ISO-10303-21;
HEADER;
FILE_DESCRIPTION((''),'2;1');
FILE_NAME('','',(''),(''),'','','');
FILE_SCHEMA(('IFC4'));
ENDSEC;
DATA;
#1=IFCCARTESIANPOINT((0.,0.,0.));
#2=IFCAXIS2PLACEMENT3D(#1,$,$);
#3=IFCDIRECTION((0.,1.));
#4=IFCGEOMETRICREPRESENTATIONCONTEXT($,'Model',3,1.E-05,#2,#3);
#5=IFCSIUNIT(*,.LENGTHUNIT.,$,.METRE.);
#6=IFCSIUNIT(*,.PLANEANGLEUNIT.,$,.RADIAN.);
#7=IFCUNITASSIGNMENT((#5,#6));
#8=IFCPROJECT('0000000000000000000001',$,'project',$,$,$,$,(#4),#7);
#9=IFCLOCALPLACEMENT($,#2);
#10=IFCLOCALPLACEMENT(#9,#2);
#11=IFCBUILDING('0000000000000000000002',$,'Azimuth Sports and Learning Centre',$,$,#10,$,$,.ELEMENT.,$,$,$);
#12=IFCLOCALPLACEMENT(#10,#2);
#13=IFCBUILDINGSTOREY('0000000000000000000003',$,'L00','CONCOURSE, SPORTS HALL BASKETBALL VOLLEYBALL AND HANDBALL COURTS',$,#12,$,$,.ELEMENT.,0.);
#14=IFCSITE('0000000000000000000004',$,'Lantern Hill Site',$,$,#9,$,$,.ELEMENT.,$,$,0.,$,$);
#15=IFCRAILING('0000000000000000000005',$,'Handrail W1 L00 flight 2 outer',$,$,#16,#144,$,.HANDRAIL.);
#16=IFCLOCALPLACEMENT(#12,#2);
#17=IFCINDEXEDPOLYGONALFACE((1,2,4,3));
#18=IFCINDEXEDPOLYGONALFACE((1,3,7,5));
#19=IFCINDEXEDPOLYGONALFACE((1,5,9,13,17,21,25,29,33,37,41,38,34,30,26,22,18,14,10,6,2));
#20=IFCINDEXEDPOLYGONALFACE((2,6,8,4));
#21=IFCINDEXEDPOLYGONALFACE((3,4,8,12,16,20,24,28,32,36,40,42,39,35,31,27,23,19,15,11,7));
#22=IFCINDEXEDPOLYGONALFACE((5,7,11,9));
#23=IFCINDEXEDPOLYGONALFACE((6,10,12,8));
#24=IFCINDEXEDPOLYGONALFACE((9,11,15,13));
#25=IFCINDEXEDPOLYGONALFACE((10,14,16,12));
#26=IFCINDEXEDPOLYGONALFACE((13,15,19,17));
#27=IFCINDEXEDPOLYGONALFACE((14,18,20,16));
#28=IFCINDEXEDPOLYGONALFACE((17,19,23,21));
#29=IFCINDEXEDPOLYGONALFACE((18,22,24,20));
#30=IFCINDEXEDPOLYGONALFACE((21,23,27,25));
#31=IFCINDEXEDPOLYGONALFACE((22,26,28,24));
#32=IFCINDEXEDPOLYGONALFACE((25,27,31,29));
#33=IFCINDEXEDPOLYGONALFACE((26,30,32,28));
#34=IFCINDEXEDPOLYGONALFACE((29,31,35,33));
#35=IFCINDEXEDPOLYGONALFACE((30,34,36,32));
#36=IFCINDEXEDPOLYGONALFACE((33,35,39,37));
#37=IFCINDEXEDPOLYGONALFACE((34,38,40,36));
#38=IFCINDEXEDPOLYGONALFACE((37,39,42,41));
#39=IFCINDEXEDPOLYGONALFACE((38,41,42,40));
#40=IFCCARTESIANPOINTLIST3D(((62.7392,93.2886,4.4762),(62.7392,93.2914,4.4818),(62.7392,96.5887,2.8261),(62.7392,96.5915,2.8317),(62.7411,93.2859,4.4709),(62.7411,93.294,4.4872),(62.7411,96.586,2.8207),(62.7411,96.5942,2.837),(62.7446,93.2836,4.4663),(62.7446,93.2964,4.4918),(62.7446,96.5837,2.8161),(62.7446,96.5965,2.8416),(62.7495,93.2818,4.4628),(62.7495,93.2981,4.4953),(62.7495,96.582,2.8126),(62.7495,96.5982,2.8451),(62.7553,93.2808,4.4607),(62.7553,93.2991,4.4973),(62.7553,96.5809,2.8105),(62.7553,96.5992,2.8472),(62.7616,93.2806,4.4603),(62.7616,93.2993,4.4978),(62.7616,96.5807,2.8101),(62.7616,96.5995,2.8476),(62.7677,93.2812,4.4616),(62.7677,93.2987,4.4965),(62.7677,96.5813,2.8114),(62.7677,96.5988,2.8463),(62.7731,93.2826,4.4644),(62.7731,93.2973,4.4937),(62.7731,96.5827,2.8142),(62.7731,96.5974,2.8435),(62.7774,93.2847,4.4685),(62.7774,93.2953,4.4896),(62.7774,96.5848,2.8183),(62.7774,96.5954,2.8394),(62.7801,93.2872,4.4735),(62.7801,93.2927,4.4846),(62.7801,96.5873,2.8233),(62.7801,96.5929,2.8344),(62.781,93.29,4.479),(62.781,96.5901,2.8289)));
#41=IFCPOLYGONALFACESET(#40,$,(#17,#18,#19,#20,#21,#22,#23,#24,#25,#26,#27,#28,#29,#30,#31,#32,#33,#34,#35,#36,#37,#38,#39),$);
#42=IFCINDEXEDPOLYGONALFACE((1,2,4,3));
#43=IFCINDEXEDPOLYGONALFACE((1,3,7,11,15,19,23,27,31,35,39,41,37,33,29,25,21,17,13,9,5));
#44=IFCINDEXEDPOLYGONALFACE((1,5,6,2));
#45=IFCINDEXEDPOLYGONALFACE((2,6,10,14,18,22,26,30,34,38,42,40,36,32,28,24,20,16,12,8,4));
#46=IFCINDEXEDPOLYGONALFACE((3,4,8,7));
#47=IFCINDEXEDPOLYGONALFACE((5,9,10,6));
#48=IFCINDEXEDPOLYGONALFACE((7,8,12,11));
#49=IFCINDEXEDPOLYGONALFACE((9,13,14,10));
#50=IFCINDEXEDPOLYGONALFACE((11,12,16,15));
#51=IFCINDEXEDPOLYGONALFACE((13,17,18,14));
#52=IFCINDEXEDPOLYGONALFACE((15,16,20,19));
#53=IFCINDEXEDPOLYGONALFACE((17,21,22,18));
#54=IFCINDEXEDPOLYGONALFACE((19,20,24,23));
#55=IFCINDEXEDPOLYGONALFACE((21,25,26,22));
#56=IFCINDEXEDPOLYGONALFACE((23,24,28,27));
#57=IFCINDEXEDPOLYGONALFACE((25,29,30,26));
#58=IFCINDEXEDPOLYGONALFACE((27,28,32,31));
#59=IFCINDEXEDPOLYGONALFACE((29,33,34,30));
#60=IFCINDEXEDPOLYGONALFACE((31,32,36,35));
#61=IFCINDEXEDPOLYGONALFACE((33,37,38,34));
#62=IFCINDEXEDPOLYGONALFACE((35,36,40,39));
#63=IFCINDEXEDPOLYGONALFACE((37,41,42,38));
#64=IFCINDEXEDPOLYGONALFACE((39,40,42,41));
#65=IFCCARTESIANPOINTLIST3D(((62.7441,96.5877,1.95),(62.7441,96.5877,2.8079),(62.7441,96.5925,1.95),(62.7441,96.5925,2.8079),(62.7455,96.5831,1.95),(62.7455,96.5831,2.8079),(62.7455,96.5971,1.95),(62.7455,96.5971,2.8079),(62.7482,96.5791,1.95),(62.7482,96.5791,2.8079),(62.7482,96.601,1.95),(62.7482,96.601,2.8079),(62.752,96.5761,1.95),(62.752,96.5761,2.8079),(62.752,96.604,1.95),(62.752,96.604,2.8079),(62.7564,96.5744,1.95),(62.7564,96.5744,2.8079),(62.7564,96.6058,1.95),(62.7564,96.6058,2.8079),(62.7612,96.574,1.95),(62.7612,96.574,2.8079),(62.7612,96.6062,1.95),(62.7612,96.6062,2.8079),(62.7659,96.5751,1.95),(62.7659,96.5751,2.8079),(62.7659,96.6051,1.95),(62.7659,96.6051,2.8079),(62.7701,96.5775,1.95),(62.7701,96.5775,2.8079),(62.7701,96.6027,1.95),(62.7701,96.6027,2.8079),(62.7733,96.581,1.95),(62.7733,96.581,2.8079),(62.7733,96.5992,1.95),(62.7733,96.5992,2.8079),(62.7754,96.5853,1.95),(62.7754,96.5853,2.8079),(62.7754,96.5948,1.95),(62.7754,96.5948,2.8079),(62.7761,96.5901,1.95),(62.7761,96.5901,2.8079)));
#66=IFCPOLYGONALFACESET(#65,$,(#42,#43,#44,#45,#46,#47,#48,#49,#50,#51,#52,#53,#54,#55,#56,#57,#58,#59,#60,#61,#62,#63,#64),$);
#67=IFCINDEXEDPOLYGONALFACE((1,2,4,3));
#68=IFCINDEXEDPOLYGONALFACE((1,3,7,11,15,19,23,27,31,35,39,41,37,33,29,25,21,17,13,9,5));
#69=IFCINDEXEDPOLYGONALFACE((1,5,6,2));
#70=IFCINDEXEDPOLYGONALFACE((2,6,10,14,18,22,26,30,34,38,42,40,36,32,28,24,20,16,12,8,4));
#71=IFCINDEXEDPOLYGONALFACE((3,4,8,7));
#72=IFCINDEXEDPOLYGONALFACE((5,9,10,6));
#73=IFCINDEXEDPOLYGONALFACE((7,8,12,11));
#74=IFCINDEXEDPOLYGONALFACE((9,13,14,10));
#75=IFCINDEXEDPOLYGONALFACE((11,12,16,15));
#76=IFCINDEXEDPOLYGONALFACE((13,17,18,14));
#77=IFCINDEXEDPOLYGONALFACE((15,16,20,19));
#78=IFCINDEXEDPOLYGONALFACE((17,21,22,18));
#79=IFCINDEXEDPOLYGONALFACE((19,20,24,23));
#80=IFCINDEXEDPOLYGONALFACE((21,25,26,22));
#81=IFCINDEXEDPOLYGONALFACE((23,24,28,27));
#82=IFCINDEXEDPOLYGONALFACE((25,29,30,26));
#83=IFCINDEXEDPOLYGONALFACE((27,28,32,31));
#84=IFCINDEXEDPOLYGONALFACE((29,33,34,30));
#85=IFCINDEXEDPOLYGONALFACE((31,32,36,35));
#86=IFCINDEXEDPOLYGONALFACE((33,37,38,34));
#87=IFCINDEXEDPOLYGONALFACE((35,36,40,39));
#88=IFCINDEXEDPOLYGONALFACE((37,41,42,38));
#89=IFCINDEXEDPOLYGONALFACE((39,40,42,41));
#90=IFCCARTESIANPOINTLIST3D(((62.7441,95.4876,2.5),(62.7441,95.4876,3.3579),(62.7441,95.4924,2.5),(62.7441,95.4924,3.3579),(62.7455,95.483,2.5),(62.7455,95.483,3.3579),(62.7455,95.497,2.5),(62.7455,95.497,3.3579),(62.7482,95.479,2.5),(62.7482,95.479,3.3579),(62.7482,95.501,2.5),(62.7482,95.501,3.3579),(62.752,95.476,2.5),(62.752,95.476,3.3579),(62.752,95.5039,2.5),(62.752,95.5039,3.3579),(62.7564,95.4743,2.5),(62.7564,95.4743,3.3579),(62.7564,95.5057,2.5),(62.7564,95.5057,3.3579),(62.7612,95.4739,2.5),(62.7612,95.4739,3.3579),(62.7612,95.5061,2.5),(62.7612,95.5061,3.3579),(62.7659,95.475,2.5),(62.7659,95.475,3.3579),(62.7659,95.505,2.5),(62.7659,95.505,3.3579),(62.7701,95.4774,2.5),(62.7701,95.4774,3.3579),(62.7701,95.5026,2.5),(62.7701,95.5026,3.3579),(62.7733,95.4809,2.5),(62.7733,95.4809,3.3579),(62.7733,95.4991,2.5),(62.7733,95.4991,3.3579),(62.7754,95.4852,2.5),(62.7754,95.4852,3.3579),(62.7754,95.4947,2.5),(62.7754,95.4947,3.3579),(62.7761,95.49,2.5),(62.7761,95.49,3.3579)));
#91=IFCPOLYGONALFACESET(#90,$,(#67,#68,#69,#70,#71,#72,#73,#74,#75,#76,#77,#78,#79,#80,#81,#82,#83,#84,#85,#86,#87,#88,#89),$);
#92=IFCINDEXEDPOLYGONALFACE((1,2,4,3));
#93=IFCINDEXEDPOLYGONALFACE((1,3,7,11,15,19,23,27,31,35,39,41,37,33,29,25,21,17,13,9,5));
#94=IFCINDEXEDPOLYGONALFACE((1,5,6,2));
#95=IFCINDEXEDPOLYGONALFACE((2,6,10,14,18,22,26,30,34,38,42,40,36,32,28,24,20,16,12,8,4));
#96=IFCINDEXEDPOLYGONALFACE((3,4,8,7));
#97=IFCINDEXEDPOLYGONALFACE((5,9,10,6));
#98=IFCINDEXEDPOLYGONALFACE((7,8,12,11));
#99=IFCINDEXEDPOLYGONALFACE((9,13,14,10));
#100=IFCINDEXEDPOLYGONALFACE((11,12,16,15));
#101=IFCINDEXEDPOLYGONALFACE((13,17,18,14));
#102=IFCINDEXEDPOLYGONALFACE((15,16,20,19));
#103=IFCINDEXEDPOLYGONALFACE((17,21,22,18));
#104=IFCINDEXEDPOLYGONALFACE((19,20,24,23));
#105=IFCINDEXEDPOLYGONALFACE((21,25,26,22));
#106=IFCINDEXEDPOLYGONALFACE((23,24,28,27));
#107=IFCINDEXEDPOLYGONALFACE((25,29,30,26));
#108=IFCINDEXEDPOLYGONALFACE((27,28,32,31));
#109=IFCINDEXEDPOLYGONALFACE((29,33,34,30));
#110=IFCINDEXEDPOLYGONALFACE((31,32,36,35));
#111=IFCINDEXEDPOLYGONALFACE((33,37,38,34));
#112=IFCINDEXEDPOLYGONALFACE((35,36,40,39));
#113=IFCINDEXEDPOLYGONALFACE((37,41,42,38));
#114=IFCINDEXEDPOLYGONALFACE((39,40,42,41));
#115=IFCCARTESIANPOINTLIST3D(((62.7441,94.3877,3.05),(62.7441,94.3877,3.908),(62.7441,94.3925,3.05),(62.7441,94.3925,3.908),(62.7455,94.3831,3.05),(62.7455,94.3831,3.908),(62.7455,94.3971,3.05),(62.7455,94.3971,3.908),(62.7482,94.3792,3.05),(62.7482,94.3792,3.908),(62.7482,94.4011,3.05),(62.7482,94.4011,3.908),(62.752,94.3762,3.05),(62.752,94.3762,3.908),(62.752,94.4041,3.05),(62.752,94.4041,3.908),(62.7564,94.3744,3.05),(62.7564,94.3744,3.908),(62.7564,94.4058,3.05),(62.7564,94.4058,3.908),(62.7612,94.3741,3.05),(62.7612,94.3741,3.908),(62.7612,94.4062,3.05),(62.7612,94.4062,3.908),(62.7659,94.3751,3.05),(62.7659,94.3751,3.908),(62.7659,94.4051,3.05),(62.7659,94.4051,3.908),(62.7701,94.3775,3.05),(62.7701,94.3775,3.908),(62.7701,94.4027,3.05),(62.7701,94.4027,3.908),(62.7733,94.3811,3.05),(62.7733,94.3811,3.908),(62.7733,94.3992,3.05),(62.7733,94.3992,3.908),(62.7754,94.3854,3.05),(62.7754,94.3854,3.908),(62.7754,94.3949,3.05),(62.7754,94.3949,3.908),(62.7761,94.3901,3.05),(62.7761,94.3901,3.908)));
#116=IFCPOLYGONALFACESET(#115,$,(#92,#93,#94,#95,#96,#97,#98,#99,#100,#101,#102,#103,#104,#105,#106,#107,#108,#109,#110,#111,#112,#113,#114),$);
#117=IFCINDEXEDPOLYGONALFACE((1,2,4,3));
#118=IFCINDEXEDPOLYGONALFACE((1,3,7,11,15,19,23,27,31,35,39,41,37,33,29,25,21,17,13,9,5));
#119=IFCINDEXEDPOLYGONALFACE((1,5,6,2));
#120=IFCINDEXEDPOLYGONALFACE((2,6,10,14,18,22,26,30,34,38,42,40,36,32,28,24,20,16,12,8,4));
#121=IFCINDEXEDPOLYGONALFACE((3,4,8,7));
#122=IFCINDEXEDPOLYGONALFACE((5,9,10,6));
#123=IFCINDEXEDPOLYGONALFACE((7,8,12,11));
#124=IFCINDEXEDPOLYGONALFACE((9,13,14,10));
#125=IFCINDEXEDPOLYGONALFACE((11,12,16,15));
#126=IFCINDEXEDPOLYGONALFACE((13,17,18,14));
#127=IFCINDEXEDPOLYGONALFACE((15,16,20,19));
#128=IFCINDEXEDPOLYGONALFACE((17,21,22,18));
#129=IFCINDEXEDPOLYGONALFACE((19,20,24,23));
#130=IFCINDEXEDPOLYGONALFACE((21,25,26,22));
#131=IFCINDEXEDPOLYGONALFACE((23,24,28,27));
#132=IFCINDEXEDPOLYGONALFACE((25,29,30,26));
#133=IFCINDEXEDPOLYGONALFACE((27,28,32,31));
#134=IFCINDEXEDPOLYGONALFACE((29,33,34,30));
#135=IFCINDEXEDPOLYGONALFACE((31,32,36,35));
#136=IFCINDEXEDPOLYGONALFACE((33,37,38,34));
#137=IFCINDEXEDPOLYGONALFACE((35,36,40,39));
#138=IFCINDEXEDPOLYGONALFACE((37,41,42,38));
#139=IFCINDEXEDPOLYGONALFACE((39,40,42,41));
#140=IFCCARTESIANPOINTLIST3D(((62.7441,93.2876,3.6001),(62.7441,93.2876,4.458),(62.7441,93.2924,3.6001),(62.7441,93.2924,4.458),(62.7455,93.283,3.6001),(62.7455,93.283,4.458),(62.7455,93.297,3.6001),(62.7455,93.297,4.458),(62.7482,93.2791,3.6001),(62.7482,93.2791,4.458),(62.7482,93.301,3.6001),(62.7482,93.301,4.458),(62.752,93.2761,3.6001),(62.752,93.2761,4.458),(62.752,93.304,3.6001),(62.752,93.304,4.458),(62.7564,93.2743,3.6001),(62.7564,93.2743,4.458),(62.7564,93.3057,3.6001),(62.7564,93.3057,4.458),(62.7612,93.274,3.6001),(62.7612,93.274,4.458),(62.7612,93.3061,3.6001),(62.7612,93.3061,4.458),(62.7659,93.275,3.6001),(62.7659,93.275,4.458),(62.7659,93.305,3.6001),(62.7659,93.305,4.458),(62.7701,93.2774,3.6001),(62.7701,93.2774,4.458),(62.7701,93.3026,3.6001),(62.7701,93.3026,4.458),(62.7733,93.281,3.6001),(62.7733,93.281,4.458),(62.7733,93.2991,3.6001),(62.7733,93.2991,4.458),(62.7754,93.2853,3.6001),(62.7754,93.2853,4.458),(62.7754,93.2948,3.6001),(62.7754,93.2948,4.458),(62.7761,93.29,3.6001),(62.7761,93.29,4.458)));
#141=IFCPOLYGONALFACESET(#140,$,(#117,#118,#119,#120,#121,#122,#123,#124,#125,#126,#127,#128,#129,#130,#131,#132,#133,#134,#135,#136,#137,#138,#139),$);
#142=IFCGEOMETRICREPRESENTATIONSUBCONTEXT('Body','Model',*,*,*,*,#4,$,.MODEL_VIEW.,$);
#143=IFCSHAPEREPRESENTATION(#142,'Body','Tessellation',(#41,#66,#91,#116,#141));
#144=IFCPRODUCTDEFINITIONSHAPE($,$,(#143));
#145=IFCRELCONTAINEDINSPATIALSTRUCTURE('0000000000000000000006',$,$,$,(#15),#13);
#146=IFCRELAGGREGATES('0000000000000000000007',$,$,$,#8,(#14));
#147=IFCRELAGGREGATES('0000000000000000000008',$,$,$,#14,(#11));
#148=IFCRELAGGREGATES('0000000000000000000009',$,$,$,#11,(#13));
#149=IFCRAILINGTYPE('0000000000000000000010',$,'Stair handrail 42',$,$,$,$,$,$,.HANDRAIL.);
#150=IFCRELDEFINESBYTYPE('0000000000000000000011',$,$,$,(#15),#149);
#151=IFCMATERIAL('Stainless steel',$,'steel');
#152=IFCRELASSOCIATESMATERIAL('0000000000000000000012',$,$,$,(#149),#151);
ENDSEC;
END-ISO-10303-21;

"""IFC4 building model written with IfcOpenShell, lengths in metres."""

from ifc_helpers import new_model, si_unit, direction, frame, origin, origin_2d, place, context, subcontext, project, spatial, circle, extrude, material, type_object, element, save


model = new_model("IFC4")

# Units and contexts
model_context = context("Model", 3, precision=1e-05, world=origin(), true_north=direction((0.0, 1.0)))
body_context = subcontext(model_context, "Body", "Model", "MODEL_VIEW")
ifc_project = project(units=[si_unit("LENGTHUNIT", "METRE"), si_unit("PLANEANGLEUNIT", "RADIAN")], contexts=[model_context])

# Site, building, storey
site_placement = place(None, origin())
site = spatial("IfcSite", under=ifc_project, at=site_placement, Name="Lantern Hill Site", CompositionType="ELEMENT", RefElevation=0.0)
building_placement = place(site_placement, origin())
building = spatial("IfcBuilding", under=site, at=building_placement, Name="Azimuth Sports and Learning Centre", CompositionType="ELEMENT")
storey_placement = place(building_placement, origin())
storey = spatial("IfcBuildingStorey", under=building, at=storey_placement, Name="L00", Description="CONCOURSE, SPORTS HALL BASKETBALL VOLLEYBALL AND HANDBALL COURTS", CompositionType="ELEMENT", Elevation=0.0)

# Railing
ifc_material_1 = material(Name="Stainless steel", Category="steel")
railing_type_1 = type_object("IfcRailingType", Name="Stair handrail 42", PredefinedType="HANDRAIL", material=ifc_material_1)
for number, where, name in (
    (1, (62.76, 96.5901, 1.95), "Handrail W1 L00 flight 2 outer"),
):
    element("IfcRailing", number, at=place(storey_placement, frame(where)), inside=storey, type_object=railing_type_1, Name=name, PredefinedType="HANDRAIL", context=body_context, shape_type="SweptSolid", body=[
        extrude(circle(Radius=0.021, at=origin_2d()), frame((0.0, 0.0, 0.8789), z_axis=(0.0, -0.894414, 0.44724), x_axis=(1.0, 0.0, 0.0)), (0.0, 0.0, 1.0), 3.6897),
        extrude(circle(Radius=0.0161, at=origin_2d()), origin(), (0.0, 0.0, 1.0), 0.8579),
        extrude(circle(Radius=0.0161, at=origin_2d()), frame((0.0, -1.1001, 0.55)), (0.0, 0.0, 1.0), 0.8579),
        extrude(circle(Radius=0.0161, at=origin_2d()), frame((0.0, -2.2, 1.1001)), (0.0, 0.0, 1.0), 0.8579),
        extrude(circle(Radius=0.0161, at=origin_2d()), frame((0.0, -3.3, 1.6501)), (0.0, 0.0, 1.0), 0.8579),
    ])

save(model, "model.ifc")
